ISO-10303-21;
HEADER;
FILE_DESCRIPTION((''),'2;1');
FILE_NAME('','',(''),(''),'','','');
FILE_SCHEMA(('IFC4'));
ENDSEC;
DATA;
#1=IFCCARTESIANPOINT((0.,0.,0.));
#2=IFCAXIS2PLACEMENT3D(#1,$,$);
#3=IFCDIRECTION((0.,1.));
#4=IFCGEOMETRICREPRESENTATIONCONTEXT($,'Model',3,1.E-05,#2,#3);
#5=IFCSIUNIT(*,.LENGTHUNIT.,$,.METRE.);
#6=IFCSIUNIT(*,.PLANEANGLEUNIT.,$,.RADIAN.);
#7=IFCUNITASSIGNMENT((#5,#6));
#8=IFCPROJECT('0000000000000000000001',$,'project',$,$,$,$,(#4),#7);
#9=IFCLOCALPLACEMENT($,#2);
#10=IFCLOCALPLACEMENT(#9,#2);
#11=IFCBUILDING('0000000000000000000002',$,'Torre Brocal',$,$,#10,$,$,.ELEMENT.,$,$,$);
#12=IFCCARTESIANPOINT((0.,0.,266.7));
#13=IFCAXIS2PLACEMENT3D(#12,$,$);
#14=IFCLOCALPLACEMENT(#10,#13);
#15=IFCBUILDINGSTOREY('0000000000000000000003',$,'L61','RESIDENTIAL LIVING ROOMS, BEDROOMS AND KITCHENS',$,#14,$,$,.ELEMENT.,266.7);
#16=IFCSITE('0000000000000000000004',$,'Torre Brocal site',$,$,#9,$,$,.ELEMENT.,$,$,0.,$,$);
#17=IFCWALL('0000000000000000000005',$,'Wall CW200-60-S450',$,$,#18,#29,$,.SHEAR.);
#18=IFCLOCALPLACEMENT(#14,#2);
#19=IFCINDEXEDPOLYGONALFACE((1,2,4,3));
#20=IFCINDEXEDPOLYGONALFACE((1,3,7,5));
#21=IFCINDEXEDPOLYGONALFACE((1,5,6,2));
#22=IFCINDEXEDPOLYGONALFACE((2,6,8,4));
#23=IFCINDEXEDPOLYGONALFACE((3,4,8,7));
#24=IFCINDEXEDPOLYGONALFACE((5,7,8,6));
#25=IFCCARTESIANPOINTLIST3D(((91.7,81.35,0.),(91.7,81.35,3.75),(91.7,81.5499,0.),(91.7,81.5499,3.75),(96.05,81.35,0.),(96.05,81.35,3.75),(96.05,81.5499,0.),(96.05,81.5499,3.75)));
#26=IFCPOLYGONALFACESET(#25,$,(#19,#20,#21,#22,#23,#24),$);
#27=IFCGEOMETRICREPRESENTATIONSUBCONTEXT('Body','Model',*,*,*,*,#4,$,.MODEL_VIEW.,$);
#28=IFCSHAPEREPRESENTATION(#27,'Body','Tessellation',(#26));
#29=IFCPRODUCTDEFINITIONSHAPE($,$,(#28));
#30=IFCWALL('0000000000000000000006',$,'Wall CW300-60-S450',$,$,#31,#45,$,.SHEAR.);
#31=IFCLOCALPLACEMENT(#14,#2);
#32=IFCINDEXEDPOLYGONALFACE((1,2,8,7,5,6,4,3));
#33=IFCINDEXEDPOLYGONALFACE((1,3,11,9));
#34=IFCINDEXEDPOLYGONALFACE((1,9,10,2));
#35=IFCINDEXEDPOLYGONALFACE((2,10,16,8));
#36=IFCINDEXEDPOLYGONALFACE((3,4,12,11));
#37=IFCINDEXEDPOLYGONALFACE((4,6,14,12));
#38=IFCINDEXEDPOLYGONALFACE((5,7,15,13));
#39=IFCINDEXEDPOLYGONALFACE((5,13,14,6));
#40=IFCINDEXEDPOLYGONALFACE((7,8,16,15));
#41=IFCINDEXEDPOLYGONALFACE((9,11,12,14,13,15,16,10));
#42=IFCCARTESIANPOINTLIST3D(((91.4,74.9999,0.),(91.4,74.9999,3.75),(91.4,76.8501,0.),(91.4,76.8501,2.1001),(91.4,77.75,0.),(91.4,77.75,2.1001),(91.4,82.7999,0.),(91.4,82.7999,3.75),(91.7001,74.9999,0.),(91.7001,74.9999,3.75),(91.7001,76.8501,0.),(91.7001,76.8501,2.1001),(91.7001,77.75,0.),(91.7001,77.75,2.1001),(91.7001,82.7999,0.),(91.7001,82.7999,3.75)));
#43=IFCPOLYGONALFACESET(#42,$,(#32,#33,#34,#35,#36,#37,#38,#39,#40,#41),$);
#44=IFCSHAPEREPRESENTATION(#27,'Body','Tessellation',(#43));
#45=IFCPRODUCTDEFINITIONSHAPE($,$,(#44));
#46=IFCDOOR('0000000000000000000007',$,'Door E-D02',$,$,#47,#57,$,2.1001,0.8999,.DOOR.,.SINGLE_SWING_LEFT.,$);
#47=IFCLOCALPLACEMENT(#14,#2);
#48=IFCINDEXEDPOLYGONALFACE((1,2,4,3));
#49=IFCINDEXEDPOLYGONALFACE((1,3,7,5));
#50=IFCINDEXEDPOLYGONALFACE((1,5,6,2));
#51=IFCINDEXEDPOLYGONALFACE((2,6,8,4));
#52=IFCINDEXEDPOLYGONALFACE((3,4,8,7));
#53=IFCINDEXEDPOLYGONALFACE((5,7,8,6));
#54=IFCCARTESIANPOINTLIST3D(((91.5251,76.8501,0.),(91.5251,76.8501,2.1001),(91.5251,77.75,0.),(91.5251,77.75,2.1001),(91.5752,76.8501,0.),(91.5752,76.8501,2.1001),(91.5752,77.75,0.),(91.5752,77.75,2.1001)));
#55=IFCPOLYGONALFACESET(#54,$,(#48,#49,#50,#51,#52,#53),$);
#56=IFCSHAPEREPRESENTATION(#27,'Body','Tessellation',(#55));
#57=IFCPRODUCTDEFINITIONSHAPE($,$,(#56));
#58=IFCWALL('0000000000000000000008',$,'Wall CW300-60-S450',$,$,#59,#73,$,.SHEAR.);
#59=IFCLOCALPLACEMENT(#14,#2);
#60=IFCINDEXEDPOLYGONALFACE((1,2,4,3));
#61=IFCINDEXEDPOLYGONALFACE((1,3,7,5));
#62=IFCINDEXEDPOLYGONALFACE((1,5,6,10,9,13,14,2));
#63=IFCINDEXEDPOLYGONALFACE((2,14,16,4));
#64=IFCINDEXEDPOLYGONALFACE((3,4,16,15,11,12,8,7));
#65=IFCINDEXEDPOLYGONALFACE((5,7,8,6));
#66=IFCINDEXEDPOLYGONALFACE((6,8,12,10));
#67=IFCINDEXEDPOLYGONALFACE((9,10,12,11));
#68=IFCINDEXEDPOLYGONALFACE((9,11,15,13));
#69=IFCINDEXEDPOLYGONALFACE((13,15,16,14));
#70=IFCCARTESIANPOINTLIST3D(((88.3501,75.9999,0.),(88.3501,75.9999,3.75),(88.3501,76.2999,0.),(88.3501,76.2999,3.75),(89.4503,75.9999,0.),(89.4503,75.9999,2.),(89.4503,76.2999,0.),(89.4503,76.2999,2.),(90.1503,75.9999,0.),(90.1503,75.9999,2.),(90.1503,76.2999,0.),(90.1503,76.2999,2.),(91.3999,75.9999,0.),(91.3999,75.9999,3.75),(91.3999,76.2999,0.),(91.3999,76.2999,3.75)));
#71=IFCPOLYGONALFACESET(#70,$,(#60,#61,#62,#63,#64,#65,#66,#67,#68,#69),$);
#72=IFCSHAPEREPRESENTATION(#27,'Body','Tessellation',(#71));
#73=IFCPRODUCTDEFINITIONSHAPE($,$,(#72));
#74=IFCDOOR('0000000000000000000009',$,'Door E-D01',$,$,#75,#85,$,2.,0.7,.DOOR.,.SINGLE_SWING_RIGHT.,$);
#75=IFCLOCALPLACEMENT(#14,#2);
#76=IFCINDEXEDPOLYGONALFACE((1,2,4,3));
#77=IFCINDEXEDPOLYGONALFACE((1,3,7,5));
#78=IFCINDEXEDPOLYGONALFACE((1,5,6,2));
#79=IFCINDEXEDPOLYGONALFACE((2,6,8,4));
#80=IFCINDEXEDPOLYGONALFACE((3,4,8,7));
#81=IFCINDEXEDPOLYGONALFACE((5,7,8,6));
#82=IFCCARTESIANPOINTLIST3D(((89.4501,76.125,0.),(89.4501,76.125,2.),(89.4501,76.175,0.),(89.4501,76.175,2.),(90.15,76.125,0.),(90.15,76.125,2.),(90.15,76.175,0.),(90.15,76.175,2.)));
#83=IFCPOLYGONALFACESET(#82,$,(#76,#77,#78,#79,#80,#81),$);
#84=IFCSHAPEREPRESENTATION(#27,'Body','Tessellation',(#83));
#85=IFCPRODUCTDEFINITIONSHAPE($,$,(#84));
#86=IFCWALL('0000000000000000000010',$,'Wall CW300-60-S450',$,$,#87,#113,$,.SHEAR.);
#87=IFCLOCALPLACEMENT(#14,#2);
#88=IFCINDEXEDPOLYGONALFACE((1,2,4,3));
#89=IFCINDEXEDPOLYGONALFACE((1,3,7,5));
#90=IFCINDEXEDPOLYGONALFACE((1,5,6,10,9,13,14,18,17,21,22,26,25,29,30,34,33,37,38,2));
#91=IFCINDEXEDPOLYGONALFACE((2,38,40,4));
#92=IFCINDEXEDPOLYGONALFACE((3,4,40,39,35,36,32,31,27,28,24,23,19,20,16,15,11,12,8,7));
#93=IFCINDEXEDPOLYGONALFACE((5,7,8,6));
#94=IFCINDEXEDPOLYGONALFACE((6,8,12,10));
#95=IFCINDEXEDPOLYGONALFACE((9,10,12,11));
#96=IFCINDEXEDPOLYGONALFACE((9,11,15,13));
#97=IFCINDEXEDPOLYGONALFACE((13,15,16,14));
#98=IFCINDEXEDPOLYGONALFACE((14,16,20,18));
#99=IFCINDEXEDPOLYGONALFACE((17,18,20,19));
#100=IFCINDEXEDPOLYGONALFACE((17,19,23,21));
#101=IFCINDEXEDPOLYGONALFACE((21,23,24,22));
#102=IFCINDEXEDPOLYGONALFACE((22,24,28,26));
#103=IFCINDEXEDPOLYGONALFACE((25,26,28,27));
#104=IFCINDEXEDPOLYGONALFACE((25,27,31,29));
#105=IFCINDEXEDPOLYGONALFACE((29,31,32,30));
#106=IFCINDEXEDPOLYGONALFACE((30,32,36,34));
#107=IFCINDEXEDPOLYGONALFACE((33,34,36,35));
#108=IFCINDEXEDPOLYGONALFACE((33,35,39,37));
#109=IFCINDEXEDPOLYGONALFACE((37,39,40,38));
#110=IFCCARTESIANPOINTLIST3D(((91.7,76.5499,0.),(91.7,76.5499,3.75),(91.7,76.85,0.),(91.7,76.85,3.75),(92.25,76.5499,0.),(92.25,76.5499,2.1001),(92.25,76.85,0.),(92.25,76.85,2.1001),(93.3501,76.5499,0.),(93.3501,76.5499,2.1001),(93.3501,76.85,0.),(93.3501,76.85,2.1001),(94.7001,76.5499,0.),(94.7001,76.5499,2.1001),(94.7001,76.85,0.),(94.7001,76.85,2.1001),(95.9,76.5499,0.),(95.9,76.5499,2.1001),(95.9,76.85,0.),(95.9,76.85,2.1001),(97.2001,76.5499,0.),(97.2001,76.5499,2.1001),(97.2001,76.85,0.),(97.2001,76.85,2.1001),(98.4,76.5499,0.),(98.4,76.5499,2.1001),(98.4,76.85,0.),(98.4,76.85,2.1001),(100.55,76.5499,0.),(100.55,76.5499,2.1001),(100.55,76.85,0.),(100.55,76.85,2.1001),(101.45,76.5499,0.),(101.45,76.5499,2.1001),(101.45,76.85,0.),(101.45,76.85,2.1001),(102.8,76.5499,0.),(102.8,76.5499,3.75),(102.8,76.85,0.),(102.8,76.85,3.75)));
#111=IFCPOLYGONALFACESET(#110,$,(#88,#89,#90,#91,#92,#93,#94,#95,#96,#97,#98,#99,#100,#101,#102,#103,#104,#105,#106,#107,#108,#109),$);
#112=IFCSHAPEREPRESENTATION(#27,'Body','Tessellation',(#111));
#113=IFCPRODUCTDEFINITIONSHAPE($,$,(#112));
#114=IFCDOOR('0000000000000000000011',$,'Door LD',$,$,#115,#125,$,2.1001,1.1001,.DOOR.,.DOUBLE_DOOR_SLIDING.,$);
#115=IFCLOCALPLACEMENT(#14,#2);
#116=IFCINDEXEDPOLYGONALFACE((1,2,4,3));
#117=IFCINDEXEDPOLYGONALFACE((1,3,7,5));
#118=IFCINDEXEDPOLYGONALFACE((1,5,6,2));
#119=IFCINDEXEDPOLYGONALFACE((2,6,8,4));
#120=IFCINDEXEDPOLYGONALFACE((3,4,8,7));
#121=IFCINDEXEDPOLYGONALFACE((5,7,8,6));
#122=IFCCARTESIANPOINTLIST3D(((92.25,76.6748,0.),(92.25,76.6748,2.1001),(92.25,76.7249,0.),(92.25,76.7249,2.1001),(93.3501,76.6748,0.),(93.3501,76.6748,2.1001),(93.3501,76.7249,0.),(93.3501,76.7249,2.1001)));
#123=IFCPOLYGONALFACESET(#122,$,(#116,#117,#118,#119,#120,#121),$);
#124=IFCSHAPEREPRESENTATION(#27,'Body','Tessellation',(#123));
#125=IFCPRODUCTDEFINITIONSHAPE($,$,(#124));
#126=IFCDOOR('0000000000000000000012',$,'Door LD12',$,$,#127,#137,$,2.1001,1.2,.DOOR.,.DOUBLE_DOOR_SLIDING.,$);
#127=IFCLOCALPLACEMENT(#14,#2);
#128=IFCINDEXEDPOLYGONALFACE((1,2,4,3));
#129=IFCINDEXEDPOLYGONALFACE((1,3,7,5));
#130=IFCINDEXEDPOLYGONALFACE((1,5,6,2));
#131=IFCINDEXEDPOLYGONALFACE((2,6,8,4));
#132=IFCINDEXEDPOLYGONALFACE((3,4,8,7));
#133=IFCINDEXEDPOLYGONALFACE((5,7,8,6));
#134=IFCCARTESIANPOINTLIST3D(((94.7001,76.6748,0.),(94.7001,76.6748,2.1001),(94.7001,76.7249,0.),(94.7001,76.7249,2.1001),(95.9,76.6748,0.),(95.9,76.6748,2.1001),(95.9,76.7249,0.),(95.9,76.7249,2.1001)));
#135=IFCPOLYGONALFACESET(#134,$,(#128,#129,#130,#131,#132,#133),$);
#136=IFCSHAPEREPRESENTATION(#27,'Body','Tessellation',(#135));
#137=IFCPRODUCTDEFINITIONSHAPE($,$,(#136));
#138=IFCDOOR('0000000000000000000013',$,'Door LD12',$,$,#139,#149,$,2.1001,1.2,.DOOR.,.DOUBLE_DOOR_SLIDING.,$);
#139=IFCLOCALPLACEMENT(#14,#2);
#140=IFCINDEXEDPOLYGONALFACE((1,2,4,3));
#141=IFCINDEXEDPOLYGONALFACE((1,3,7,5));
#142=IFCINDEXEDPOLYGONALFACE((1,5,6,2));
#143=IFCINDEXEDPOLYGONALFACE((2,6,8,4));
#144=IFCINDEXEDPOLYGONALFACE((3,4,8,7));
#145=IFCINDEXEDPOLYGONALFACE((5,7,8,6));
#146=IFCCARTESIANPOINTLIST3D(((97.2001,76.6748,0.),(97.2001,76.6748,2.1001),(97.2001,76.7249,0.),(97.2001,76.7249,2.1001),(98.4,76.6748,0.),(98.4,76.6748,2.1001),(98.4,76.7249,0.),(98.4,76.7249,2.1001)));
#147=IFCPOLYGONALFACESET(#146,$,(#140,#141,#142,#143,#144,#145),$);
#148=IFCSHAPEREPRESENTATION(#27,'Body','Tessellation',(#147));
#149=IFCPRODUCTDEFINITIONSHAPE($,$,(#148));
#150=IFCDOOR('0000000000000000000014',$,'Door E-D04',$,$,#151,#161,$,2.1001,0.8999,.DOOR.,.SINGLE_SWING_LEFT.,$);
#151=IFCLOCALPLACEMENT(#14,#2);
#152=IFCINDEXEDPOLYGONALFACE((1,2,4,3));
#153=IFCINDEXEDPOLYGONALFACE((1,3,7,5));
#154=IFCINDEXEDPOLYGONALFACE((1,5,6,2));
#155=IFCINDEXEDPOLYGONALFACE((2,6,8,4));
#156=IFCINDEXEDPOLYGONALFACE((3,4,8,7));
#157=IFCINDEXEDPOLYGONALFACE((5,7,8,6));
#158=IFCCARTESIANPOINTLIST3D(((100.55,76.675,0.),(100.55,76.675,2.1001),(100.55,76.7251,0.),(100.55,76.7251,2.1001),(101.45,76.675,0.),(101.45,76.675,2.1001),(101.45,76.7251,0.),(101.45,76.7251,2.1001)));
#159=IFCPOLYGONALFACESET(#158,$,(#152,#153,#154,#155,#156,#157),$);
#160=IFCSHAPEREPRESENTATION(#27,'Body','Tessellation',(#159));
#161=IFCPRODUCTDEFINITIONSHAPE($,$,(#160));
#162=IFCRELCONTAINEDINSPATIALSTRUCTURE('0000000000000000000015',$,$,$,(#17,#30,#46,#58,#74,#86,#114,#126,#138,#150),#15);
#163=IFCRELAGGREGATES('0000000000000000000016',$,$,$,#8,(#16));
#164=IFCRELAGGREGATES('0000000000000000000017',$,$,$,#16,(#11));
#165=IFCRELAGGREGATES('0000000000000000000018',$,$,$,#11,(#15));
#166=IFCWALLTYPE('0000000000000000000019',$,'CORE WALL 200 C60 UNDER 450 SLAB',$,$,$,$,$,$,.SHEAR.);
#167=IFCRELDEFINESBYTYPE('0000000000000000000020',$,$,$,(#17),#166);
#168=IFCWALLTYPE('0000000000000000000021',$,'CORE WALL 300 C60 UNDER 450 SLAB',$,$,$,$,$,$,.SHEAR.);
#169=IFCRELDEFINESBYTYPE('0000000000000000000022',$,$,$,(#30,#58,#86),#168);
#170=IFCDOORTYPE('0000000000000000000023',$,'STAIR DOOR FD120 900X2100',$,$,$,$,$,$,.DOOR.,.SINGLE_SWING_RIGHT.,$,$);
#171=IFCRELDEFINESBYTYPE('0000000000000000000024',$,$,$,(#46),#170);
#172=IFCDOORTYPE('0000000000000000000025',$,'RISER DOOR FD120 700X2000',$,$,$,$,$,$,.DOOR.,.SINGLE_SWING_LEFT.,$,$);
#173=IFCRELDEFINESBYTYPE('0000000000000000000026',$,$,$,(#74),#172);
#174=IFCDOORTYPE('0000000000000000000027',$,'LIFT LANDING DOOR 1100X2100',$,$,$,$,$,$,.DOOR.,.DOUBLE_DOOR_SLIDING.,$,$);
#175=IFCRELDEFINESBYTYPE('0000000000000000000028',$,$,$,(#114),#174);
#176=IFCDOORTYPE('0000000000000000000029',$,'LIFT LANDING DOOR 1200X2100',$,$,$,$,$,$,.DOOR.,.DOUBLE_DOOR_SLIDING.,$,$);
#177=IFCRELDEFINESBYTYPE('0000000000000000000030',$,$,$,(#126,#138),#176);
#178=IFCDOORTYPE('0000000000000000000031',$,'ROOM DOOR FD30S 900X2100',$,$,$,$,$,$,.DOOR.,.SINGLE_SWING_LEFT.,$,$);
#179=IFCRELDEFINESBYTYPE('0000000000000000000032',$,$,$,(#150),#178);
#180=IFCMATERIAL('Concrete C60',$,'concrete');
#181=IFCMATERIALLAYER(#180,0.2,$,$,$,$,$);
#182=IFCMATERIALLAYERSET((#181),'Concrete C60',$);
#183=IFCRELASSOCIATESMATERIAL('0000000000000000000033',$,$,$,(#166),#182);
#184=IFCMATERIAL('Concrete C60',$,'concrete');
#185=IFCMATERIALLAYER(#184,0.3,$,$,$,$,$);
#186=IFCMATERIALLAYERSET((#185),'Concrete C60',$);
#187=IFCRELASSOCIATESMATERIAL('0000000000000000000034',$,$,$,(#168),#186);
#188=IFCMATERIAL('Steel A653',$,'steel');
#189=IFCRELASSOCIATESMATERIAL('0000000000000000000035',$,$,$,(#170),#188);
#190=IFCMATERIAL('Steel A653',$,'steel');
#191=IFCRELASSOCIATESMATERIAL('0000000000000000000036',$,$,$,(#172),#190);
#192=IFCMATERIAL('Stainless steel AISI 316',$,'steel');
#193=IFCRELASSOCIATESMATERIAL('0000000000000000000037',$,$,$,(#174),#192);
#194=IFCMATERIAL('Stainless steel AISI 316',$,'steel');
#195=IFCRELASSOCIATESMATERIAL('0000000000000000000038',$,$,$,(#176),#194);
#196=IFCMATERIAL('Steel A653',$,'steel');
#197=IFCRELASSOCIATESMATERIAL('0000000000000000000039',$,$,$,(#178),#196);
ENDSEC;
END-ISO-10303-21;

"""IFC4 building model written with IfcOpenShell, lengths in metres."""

from ifc_helpers import new_model, si_unit, direction, frame, frame_2d, origin, place, context, subcontext, project, spatial, rectangle, extrude, material, layer, layer_set, type_object, element, fill, save


model = new_model("IFC4")

# Units and contexts
model_context = context("Model", 3, precision=1e-05, world=origin(), true_north=direction((0.0, 1.0)))
body_context = subcontext(model_context, "Body", "Model", "MODEL_VIEW")
ifc_project = project(units=[si_unit("LENGTHUNIT", "METRE"), si_unit("PLANEANGLEUNIT", "RADIAN")], contexts=[model_context])

# Site, building, storey
site_placement = place(None, origin())
site = spatial("IfcSite", under=ifc_project, at=site_placement, Name="Torre Brocal site", CompositionType="ELEMENT", RefElevation=0.0)
building_placement = place(site_placement, origin())
building = spatial("IfcBuilding", under=site, at=building_placement, Name="Torre Brocal", CompositionType="ELEMENT")
storey_placement = place(building_placement, frame((0.0, 0.0, 266.7)))
storey = spatial("IfcBuildingStorey", under=building, at=storey_placement, Name="L61", Description="RESIDENTIAL LIVING ROOMS, BEDROOMS AND KITCHENS", CompositionType="ELEMENT", Elevation=266.7)

# Wall
ifc_material_1 = material(Name="Concrete C60", Category="concrete")
ifc_layer_1 = layer(ifc_material_1, 0.2)
ifc_layer_set_1 = layer_set([ifc_layer_1], Name="Concrete C60")
wall_type_1 = type_object("IfcWallType", Name="CORE WALL 200 C60 UNDER 450 SLAB", PredefinedType="SHEAR", material=ifc_layer_set_1)
wall_1_placement = place(storey_placement, frame((91.7, 81.45, 0.0), z_axis=(0.0, 0.0, 1.0), x_axis=(1.0, 0.0, 0.0)))
element("IfcWall", 1, at=wall_1_placement, inside=storey, type_object=wall_type_1, Name="Wall CW200-60-S450", PredefinedType="SHEAR", context=body_context, shape_type="SweptSolid", body=[
    extrude(rectangle(XDim=4.3501, YDim=0.2, at=frame_2d((2.175, 0.0))), origin(), (0.0, 0.0, 1.0), 3.75),
])

# Walls, openings, doors
ifc_material_2 = material(Name="Concrete C60", Category="concrete")
ifc_layer_2 = layer(ifc_material_2, 0.3)
ifc_layer_set_2 = layer_set([ifc_layer_2], Name="Concrete C60")
wall_type_2 = type_object("IfcWallType", Name="CORE WALL 300 C60 UNDER 450 SLAB", PredefinedType="SHEAR", material=ifc_layer_set_2)
wall_2_placement = place(storey_placement, frame((91.55, 75.0, 0.0), z_axis=(0.0, 0.0, 1.0), x_axis=(0.0, 1.0, 0.0)))
wall_2 = element("IfcWall", 2, at=wall_2_placement, inside=storey, type_object=wall_type_2, Name="Wall CW300-60-S450", PredefinedType="SHEAR", context=body_context, shape_type="SweptSolid", body=[
    extrude(rectangle(XDim=7.8, YDim=0.3, at=frame_2d((3.8999, 0.0))), origin(), (0.0, 0.0, 1.0), 3.75),
])
opening_1_placement = place(wall_2_placement, frame((1.8501, 0.0, 0.0)))
opening_1 = element("IfcOpeningElement", 3, at=opening_1_placement, cuts=wall_2, PredefinedType="OPENING", context=body_context, shape_type="SweptSolid", body=[
    extrude(rectangle(XDim=0.8999, YDim=2.1001, at=frame_2d((0.45, 1.05))), frame((0.0, 0.1599, 0.0), z_axis=(0.0, -1.0, 0.0), x_axis=(1.0, 0.0, 0.0)), (0.0, 0.0, 1.0), 0.3201),
])
ifc_material_3 = material(Name="Steel A653", Category="steel")
door_type_1 = type_object("IfcDoorType", Name="STAIR DOOR FD120 900X2100", OperationType="SINGLE_SWING_RIGHT", PredefinedType="DOOR", material=ifc_material_3)
door_1_placement = place(opening_1_placement, origin())
door_1 = element("IfcDoor", 4, at=door_1_placement, inside=storey, type_object=door_type_1, Name="Door E-D02", OperationType="SINGLE_SWING_LEFT", OverallHeight=2.1001, OverallWidth=0.8999, PredefinedType="DOOR", context=body_context, shape_type="SweptSolid", body=[
    extrude(rectangle(XDim=0.8999, YDim=2.1001, at=frame_2d((0.45, 1.05))), frame((0.0, 0.0249, 0.0), z_axis=(0.0, -1.0, 0.0), x_axis=(1.0, 0.0, 0.0)), (0.0, 0.0, 1.0), 0.05),
])
fill(opening_1, door_1)
wall_3_placement = place(storey_placement, frame((88.3501, 76.1499, 0.0), z_axis=(0.0, 0.0, 1.0), x_axis=(1.0, 0.0, 0.0)))
wall_3 = element("IfcWall", 5, at=wall_3_placement, inside=storey, type_object=wall_type_2, Name="Wall CW300-60-S450", PredefinedType="SHEAR", context=body_context, shape_type="SweptSolid", body=[
    extrude(rectangle(XDim=3.0498, YDim=0.3, at=frame_2d((1.5249, 0.0))), origin(), (0.0, 0.0, 1.0), 3.75),
])
opening_2_placement = place(wall_3_placement, frame((1.1001, 0.0, 0.0)))
opening_2 = element("IfcOpeningElement", 6, at=opening_2_placement, cuts=wall_3, PredefinedType="OPENING", context=body_context, shape_type="SweptSolid", body=[
    extrude(rectangle(XDim=0.7, YDim=2.0, at=frame_2d((0.3501, 1.0))), frame((0.0, 0.1599, 0.0), z_axis=(0.0, -1.0, 0.0), x_axis=(1.0, 0.0, 0.0)), (0.0, 0.0, 1.0), 0.3201),
])
ifc_material_4 = material(Name="Steel A653", Category="steel")
door_type_2 = type_object("IfcDoorType", Name="RISER DOOR FD120 700X2000", OperationType="SINGLE_SWING_LEFT", PredefinedType="DOOR", material=ifc_material_4)
door_2_placement = place(opening_2_placement, frame((0.7, 0.0, 0.0), z_axis=(0.0, 0.0, 1.0), x_axis=(-1.0, 0.0, 0.0)))
door_2 = element("IfcDoor", 7, at=door_2_placement, inside=storey, type_object=door_type_2, Name="Door E-D01", OperationType="SINGLE_SWING_RIGHT", OverallHeight=2.0, OverallWidth=0.7, PredefinedType="DOOR", context=body_context, shape_type="SweptSolid", body=[
    extrude(rectangle(XDim=0.7, YDim=2.0, at=frame_2d((0.3501, 1.0))), frame((0.0, 0.0249, 0.0), z_axis=(0.0, -1.0, 0.0), x_axis=(1.0, 0.0, 0.0)), (0.0, 0.0, 1.0), 0.05),
])
fill(opening_2, door_2)

# Wall, openings, doors
wall_4_placement = place(storey_placement, frame((91.7, 76.7, 0.0), z_axis=(0.0, 0.0, 1.0), x_axis=(1.0, 0.0, 0.0)))
wall_4 = element("IfcWall", 8, at=wall_4_placement, inside=storey, type_object=wall_type_2, Name="Wall CW300-60-S450", PredefinedType="SHEAR", context=body_context, shape_type="SweptSolid", body=[
    extrude(rectangle(XDim=11.1001, YDim=0.3, at=frame_2d((5.55, 0.0))), origin(), (0.0, 0.0, 1.0), 3.75),
])
opening_3_placement = place(wall_4_placement, frame((0.55, 0.0, 0.0)))
opening_3 = element("IfcOpeningElement", 9, at=opening_3_placement, cuts=wall_4, PredefinedType="OPENING", context=body_context, shape_type="SweptSolid", body=[
    extrude(rectangle(XDim=1.1001, YDim=2.1001, at=frame_2d((0.55, 1.05))), frame((0.0, 0.1599, 0.0), z_axis=(0.0, -1.0, 0.0), x_axis=(1.0, 0.0, 0.0)), (0.0, 0.0, 1.0), 0.3201),
])
opening_4_placement = place(wall_4_placement, frame((3.0, 0.0, 0.0)))
opening_4 = element("IfcOpeningElement", 10, at=opening_4_placement, cuts=wall_4, PredefinedType="OPENING", context=body_context, shape_type="SweptSolid", body=[
    extrude(rectangle(XDim=1.2, YDim=2.1001, at=frame_2d((0.6001, 1.05))), frame((0.0, 0.1599, 0.0), z_axis=(0.0, -1.0, 0.0), x_axis=(1.0, 0.0, 0.0)), (0.0, 0.0, 1.0), 0.3201),
])
opening_5_placement = place(wall_4_placement, frame((5.5, 0.0, 0.0)))
opening_5 = element("IfcOpeningElement", 11, at=opening_5_placement, cuts=wall_4, PredefinedType="OPENING", context=body_context, shape_type="SweptSolid", body=[
    extrude(rectangle(XDim=1.2, YDim=2.1001, at=frame_2d((0.6001, 1.05))), frame((0.0, 0.1599, 0.0), z_axis=(0.0, -1.0, 0.0), x_axis=(1.0, 0.0, 0.0)), (0.0, 0.0, 1.0), 0.3201),
])
opening_6_placement = place(wall_4_placement, frame((8.8501, 0.0, 0.0)))
opening_6 = element("IfcOpeningElement", 12, at=opening_6_placement, cuts=wall_4, PredefinedType="OPENING", context=body_context, shape_type="SweptSolid", body=[
    extrude(rectangle(XDim=0.8999, YDim=2.1001, at=frame_2d((0.45, 1.05))), frame((0.0, 0.1599, 0.0), z_axis=(0.0, -1.0, 0.0), x_axis=(1.0, 0.0, 0.0)), (0.0, 0.0, 1.0), 0.3201),
])
ifc_material_5 = material(Name="Stainless steel AISI 316", Category="steel")
door_type_3 = type_object("IfcDoorType", Name="LIFT LANDING DOOR 1100X2100", OperationType="DOUBLE_DOOR_SLIDING", PredefinedType="DOOR", material=ifc_material_5)
door_3_placement = place(opening_3_placement, origin())
door_3 = element("IfcDoor", 13, at=door_3_placement, inside=storey, type_object=door_type_3, Name="Door LD", OperationType="DOUBLE_DOOR_SLIDING", OverallHeight=2.1001, OverallWidth=1.1001, PredefinedType="DOOR", context=body_context, shape_type="SweptSolid", body=[
    extrude(rectangle(XDim=1.1001, YDim=2.1001, at=frame_2d((0.55, 1.05))), frame((0.0, 0.0249, 0.0), z_axis=(0.0, -1.0, 0.0), x_axis=(1.0, 0.0, 0.0)), (0.0, 0.0, 1.0), 0.05),
])
fill(opening_3, door_3)
ifc_material_6 = material(Name="Stainless steel AISI 316", Category="steel")
door_type_4 = type_object("IfcDoorType", Name="LIFT LANDING DOOR 1200X2100", OperationType="DOUBLE_DOOR_SLIDING", PredefinedType="DOOR", material=ifc_material_6)
door_4_placement = place(opening_4_placement, origin())
door_4 = element("IfcDoor", 14, at=door_4_placement, inside=storey, type_object=door_type_4, Name="Door LD12", OperationType="DOUBLE_DOOR_SLIDING", OverallHeight=2.1001, OverallWidth=1.2, PredefinedType="DOOR", context=body_context, shape_type="SweptSolid", body=[
    extrude(rectangle(XDim=1.2, YDim=2.1001, at=frame_2d((0.6001, 1.05))), frame((0.0, 0.0249, 0.0), z_axis=(0.0, -1.0, 0.0), x_axis=(1.0, 0.0, 0.0)), (0.0, 0.0, 1.0), 0.05),
])
fill(opening_4, door_4)
door_5_placement = place(opening_5_placement, origin())
door_5 = element("IfcDoor", 15, at=door_5_placement, inside=storey, type_object=door_type_4, Name="Door LD12", OperationType="DOUBLE_DOOR_SLIDING", OverallHeight=2.1001, OverallWidth=1.2, PredefinedType="DOOR", context=body_context, shape_type="SweptSolid", body=[
    extrude(rectangle(XDim=1.2, YDim=2.1001, at=frame_2d((0.6001, 1.05))), frame((0.0, 0.0249, 0.0), z_axis=(0.0, -1.0, 0.0), x_axis=(1.0, 0.0, 0.0)), (0.0, 0.0, 1.0), 0.05),
])
fill(opening_5, door_5)
ifc_material_7 = material(Name="Steel A653", Category="steel")
door_type_5 = type_object("IfcDoorType", Name="ROOM DOOR FD30S 900X2100", OperationType="SINGLE_SWING_LEFT", PredefinedType="DOOR", material=ifc_material_7)
door_6_placement = place(opening_6_placement, frame((0.8999, 0.0, 0.0), z_axis=(0.0, 0.0, 1.0), x_axis=(-1.0, 0.0, 0.0)))
door_6 = element("IfcDoor", 16, at=door_6_placement, inside=storey, type_object=door_type_5, Name="Door E-D04", OperationType="SINGLE_SWING_LEFT", OverallHeight=2.1001, OverallWidth=0.8999, PredefinedType="DOOR", context=body_context, shape_type="SweptSolid", body=[
    extrude(rectangle(XDim=0.8999, YDim=2.1001, at=frame_2d((0.45, 1.05))), frame((0.0, 0.0249, 0.0), z_axis=(0.0, -1.0, 0.0), x_axis=(1.0, 0.0, 0.0)), (0.0, 0.0, 1.0), 0.05),
])
fill(opening_6, door_6)

save(model, "model.ifc")
